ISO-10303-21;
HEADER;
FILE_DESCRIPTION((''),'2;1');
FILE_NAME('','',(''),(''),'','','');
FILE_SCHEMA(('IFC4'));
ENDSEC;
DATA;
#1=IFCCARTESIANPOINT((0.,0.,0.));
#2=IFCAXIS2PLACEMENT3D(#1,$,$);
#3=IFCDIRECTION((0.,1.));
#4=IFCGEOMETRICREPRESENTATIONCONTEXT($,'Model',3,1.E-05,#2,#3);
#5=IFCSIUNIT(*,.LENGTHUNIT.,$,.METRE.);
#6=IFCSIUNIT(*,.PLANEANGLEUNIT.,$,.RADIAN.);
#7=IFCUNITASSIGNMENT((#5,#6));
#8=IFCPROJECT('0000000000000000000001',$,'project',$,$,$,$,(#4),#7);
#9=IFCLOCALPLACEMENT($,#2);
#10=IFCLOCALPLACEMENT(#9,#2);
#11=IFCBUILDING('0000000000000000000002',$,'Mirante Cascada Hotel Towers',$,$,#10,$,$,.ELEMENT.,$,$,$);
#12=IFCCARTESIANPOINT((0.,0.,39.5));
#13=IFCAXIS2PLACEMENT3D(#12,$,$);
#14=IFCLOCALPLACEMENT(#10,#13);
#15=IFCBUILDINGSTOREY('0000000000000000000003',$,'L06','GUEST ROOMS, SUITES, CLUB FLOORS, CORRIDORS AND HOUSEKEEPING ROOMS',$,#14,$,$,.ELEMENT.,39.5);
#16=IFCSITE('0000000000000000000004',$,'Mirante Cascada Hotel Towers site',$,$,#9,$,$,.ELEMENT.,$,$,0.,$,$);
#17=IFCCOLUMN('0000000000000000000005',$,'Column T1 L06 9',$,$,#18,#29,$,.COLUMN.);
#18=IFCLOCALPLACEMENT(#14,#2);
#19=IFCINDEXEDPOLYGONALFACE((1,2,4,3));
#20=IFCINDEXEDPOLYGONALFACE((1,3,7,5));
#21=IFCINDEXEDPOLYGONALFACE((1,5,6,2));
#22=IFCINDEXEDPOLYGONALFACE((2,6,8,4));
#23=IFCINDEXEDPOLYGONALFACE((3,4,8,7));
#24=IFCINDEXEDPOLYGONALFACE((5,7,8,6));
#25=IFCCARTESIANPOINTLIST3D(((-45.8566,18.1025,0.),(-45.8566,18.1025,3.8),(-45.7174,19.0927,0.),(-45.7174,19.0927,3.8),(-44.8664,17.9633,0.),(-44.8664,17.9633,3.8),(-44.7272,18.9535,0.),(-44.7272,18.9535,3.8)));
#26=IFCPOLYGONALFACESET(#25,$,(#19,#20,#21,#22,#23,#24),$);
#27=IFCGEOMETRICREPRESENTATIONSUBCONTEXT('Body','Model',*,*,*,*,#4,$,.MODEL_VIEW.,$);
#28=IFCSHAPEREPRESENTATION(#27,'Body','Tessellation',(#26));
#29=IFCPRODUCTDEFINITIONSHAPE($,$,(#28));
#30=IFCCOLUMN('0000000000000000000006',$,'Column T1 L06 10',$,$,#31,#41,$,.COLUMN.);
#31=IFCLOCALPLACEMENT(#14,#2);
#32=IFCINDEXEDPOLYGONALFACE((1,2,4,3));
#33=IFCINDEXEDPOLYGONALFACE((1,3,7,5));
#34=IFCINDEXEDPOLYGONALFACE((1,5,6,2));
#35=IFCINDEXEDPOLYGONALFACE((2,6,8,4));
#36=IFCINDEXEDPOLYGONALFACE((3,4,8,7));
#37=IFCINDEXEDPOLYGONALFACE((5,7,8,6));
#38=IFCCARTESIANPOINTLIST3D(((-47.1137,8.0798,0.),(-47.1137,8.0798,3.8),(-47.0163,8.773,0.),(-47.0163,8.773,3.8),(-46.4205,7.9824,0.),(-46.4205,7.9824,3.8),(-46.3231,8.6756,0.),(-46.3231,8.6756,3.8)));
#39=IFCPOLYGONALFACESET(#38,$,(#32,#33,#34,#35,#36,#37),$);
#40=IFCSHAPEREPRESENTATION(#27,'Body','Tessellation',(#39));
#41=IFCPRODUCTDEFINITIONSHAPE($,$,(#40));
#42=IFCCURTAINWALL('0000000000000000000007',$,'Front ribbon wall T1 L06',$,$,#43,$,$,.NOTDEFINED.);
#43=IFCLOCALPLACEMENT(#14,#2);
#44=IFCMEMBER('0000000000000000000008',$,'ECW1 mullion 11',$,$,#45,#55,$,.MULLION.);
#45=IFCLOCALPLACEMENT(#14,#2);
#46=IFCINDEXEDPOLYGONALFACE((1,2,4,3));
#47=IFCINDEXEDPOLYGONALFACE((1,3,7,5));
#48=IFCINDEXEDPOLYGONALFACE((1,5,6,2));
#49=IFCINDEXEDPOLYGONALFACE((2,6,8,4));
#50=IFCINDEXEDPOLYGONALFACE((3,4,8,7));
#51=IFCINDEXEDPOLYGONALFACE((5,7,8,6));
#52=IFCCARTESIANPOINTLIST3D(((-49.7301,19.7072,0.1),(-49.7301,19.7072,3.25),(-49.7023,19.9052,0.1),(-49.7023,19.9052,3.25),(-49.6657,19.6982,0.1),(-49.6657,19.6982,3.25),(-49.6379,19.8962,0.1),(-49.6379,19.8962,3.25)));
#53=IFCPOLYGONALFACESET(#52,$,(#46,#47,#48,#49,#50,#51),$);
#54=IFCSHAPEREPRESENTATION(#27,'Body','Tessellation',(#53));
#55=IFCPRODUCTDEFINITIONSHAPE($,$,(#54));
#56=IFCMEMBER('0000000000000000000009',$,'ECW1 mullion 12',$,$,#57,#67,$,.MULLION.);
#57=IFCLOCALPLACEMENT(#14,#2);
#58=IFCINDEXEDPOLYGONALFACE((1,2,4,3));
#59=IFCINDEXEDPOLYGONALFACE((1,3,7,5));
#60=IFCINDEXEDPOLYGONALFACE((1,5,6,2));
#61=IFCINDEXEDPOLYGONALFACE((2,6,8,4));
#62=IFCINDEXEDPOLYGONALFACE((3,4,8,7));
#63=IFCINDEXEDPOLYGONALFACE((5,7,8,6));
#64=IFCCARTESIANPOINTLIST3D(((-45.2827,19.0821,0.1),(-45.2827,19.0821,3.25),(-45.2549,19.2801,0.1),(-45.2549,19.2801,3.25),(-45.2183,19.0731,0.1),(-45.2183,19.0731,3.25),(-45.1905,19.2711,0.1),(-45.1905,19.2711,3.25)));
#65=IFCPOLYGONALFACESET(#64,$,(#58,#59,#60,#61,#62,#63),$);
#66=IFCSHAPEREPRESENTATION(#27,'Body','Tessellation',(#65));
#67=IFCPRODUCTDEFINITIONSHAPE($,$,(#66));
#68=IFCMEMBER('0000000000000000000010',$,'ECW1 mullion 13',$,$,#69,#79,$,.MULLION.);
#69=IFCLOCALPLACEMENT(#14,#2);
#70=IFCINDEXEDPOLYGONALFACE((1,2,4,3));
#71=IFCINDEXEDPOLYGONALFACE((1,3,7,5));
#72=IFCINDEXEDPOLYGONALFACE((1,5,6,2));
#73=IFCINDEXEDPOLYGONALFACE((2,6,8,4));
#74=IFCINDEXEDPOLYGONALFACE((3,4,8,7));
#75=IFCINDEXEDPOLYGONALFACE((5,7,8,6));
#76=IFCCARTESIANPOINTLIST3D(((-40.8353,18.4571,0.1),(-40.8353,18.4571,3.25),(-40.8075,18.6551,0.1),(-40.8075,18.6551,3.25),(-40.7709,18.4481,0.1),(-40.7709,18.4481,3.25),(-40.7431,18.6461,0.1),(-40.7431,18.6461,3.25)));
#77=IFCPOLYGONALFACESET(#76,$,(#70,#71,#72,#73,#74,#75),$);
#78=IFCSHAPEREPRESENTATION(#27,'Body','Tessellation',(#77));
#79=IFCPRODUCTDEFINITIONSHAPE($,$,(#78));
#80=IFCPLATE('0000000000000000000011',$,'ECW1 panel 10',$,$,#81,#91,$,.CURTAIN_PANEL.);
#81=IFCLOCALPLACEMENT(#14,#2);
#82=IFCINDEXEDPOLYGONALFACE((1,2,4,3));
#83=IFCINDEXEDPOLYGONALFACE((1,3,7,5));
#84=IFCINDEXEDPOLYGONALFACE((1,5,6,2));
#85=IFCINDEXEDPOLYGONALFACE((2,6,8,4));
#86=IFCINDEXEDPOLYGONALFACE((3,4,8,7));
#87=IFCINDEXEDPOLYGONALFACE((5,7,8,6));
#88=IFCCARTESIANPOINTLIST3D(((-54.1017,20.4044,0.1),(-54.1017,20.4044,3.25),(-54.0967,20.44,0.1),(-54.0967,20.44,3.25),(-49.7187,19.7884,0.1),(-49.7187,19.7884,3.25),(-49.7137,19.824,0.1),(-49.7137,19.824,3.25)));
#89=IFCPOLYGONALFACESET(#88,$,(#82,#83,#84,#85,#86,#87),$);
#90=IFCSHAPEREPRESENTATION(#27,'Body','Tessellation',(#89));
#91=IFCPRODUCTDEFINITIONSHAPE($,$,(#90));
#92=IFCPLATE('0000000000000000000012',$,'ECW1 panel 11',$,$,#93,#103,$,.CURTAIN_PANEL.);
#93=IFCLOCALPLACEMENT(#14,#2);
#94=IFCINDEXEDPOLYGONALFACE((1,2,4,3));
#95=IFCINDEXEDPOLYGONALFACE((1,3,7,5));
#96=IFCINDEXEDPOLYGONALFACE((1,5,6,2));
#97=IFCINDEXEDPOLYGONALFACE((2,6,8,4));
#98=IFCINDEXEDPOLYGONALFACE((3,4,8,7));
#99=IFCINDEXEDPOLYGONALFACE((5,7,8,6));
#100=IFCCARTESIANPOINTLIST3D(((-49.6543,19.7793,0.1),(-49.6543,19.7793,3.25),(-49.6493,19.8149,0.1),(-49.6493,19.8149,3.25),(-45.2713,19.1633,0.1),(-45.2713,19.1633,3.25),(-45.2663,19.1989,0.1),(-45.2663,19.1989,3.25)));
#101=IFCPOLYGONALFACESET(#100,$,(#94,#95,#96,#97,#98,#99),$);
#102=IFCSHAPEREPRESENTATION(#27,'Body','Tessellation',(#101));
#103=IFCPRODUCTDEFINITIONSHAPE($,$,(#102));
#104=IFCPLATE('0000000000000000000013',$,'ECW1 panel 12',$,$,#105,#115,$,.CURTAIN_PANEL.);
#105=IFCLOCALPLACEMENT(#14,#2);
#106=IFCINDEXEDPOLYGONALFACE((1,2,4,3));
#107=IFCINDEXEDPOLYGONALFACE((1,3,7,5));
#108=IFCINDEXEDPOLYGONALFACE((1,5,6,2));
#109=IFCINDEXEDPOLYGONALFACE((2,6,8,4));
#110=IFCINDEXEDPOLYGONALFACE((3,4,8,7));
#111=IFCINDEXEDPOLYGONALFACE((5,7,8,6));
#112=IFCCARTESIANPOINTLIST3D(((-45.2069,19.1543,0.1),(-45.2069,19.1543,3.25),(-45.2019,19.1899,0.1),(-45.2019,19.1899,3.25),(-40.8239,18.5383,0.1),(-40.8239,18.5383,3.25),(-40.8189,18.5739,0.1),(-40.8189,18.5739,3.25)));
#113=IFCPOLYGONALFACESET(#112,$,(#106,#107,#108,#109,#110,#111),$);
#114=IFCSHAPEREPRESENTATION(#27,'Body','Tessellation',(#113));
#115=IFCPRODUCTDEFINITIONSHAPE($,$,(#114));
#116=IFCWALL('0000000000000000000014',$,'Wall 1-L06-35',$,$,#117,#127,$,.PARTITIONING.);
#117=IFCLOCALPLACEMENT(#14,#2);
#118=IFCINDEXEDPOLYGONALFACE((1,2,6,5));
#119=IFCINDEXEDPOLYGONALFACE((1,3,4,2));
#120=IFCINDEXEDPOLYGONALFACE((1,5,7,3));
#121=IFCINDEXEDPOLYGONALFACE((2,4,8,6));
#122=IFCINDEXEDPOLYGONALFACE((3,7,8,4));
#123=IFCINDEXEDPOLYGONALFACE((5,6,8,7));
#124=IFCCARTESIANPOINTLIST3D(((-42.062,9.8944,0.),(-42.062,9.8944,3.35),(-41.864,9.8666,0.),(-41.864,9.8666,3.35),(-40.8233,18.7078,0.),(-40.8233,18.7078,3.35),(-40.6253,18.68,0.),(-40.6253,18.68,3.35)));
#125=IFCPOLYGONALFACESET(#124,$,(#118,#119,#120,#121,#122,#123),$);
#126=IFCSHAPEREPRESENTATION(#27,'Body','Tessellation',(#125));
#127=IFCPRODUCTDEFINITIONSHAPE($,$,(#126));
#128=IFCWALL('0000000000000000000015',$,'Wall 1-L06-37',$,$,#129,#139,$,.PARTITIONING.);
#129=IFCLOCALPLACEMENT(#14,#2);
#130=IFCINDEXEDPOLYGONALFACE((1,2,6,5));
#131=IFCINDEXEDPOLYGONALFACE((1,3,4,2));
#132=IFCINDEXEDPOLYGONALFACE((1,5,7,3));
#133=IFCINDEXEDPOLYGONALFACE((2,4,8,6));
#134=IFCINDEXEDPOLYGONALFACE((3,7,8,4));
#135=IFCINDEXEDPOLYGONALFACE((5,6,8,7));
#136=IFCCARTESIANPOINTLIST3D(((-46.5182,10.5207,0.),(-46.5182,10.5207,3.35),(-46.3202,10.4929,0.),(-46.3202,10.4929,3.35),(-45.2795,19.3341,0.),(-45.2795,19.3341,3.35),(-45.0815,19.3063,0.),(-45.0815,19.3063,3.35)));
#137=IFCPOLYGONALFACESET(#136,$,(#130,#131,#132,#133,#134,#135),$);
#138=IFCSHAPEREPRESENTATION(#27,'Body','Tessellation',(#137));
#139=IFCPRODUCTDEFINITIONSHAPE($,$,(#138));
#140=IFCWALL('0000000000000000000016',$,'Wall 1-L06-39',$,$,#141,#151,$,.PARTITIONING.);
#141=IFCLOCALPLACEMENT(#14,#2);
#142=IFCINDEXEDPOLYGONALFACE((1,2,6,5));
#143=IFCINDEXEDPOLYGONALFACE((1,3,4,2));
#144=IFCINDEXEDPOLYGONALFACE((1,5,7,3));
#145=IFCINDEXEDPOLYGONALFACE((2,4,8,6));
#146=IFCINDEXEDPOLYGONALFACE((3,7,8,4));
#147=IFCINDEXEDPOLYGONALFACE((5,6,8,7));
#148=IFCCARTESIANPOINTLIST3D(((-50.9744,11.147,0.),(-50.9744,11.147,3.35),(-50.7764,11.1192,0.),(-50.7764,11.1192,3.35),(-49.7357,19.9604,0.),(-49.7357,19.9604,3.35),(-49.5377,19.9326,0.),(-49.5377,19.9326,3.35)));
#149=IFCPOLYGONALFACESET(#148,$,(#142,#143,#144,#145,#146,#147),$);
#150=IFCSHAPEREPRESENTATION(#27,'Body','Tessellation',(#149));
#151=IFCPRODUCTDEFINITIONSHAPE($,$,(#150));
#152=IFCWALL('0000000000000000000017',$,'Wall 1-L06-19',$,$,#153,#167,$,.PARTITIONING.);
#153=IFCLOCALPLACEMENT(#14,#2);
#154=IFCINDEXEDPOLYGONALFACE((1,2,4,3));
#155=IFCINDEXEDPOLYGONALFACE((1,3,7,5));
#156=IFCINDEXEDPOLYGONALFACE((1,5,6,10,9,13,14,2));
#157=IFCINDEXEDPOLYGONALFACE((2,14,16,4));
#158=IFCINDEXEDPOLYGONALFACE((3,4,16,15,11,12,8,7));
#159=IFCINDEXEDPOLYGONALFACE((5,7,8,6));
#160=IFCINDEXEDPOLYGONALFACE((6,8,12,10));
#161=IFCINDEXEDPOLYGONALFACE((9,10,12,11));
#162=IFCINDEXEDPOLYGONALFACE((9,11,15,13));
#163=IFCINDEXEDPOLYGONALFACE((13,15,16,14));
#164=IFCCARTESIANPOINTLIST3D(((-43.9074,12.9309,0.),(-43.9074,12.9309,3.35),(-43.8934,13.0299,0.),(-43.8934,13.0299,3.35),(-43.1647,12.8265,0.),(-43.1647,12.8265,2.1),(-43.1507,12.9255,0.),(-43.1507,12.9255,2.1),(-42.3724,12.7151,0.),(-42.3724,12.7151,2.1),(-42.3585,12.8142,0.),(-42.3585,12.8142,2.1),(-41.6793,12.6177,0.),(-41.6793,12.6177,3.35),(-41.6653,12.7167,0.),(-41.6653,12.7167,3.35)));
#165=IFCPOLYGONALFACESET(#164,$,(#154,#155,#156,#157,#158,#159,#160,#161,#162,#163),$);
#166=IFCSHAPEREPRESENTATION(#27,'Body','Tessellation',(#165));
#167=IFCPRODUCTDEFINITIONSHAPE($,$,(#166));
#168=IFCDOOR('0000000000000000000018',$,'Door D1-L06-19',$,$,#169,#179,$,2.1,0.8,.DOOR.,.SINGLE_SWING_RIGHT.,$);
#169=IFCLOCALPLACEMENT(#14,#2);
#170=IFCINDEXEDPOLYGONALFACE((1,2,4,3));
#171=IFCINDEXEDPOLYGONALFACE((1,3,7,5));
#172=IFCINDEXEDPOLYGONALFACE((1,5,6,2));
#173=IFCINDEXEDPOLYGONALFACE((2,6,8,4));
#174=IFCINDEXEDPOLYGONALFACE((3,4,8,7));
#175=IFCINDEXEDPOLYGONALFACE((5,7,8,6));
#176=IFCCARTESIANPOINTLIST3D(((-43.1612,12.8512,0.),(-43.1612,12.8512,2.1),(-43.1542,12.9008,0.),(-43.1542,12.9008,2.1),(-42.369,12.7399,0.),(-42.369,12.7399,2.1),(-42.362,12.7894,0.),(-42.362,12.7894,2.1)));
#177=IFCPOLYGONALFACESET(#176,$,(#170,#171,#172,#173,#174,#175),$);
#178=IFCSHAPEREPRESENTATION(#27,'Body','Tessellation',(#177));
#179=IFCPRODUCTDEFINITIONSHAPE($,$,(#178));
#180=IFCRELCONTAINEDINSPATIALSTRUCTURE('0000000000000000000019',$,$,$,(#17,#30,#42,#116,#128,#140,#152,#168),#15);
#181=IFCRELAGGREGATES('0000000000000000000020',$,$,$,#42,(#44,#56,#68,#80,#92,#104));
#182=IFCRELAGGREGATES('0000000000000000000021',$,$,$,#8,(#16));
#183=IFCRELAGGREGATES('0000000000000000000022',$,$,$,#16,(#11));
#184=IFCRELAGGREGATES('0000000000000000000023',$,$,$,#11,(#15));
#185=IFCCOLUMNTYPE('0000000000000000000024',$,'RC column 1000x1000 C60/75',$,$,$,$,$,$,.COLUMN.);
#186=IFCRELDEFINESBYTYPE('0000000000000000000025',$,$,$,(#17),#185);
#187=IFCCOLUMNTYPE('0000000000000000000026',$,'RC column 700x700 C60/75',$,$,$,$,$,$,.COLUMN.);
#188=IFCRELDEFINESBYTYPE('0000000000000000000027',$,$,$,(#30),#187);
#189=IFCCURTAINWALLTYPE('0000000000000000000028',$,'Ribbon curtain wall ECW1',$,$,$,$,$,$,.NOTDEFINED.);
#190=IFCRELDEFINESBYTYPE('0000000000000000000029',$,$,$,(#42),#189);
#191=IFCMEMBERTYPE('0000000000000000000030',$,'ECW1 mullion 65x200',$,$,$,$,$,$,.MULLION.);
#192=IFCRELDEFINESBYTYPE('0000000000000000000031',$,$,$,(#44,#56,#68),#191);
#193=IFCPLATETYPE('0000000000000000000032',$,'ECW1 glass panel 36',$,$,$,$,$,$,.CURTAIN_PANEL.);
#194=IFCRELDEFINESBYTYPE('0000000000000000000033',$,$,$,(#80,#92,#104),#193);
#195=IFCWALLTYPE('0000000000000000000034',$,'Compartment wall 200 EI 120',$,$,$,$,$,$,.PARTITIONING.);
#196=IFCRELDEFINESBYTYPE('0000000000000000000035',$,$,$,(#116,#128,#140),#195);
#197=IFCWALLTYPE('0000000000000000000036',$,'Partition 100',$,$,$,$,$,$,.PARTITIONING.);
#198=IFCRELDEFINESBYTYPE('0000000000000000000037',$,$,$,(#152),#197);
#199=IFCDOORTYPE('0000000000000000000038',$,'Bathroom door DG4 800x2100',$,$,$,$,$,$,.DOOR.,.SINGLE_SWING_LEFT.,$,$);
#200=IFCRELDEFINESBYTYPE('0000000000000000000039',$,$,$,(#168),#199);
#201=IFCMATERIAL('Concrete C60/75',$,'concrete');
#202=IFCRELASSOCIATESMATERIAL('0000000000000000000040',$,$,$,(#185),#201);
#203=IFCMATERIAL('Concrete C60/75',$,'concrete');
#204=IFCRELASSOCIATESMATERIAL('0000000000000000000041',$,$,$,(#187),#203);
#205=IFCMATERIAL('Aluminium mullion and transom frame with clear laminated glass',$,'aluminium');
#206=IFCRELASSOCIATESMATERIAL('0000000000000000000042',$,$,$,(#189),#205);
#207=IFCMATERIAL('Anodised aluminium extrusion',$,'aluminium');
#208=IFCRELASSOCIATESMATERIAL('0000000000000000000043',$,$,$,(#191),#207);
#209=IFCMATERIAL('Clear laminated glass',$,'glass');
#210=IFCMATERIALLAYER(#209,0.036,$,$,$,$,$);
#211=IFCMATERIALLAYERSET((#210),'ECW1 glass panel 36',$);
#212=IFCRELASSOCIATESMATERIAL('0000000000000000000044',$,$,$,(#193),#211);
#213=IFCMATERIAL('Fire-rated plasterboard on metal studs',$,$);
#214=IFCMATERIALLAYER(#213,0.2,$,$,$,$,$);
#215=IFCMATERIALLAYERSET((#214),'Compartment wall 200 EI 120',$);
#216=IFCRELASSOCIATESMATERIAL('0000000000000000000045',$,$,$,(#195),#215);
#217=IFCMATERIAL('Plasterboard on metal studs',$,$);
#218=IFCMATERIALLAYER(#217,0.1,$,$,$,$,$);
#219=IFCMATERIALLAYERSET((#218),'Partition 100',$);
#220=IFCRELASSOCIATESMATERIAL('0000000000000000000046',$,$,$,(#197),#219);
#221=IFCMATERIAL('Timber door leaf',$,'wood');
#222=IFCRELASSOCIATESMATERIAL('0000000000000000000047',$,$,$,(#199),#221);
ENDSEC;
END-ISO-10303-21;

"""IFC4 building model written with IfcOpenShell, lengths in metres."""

from ifc_helpers import new_model, si_unit, direction, frame, frame_2d, origin, origin_2d, place, context, subcontext, project, spatial, rectangle, extrude, material, layer, layer_set, material_profile, profile_set, type_object, element, fill, aggregate, save


model = new_model("IFC4")

# Units and contexts
model_context = context("Model", 3, precision=1e-05, world=origin(), true_north=direction((0.0, 1.0)))
body_context = subcontext(model_context, "Body", "Model", "MODEL_VIEW")
ifc_project = project(units=[si_unit("LENGTHUNIT", "METRE"), si_unit("PLANEANGLEUNIT", "RADIAN")], contexts=[model_context])

# Site, building, storey
site_placement = place(None, origin())
site = spatial("IfcSite", under=ifc_project, at=site_placement, Name="Mirante Cascada Hotel Towers site", CompositionType="ELEMENT", RefElevation=0.0)
building_placement = place(site_placement, origin())
building = spatial("IfcBuilding", under=site, at=building_placement, Name="Mirante Cascada Hotel Towers", CompositionType="ELEMENT")
storey_placement = place(building_placement, frame((0.0, 0.0, 39.5)))
storey = spatial("IfcBuildingStorey", under=building, at=storey_placement, Name="L06", Description="GUEST ROOMS, SUITES, CLUB FLOORS, CORRIDORS AND HOUSEKEEPING ROOMS", CompositionType="ELEMENT", Elevation=39.5)

# Columns
ifc_material_1 = material(Name="Concrete C60/75", Category="concrete")
ifc_material_profile_1 = material_profile(ifc_material_1, rectangle(XDim=1.0, YDim=1.0, at=origin_2d()), Name="RC column 1000x1000 C60/75")
ifc_profile_set_1 = profile_set([ifc_material_profile_1], Name="Concrete C60/75")
column_type_1 = type_object("IfcColumnType", Name="RC column 1000x1000 C60/75", PredefinedType="COLUMN", material=ifc_profile_set_1)
column_1_placement = place(storey_placement, frame((-45.2919, 18.528, 0.0), z_axis=(0.0, 0.0, 1.0), x_axis=(-0.990268, 0.139173, 0.0)))
element("IfcColumn", 1, at=column_1_placement, inside=storey, type_object=column_type_1, Name="Column T1 L06 9", PredefinedType="COLUMN", context=body_context, shape_type="SweptSolid", body=[
    extrude(rectangle(XDim=1.0, YDim=1.0, at=origin_2d()), origin(), (0.0, 0.0, 1.0), 3.8),
])
ifc_material_2 = material(Name="Concrete C60/75", Category="concrete")
ifc_material_profile_2 = material_profile(ifc_material_2, rectangle(XDim=0.7, YDim=0.7, at=origin_2d()), Name="RC column 700x700 C60/75")
ifc_profile_set_2 = profile_set([ifc_material_profile_2], Name="Concrete C60/75")
column_type_2 = type_object("IfcColumnType", Name="RC column 700x700 C60/75", PredefinedType="COLUMN", material=ifc_profile_set_2)
column_2_placement = place(storey_placement, frame((-46.7184, 8.3777, 0.0), z_axis=(0.0, 0.0, 1.0), x_axis=(-0.990268, 0.139173, 0.0)))
element("IfcColumn", 2, at=column_2_placement, inside=storey, type_object=column_type_2, Name="Column T1 L06 10", PredefinedType="COLUMN", context=body_context, shape_type="SweptSolid", body=[
    extrude(rectangle(XDim=0.7, YDim=0.7, at=origin_2d()), origin(), (0.0, 0.0, 1.0), 3.8),
])

# Curtain wall, members, plates
ifc_material_3 = material(Name="Aluminium mullion and transom frame with clear laminated glass", Category="aluminium")
curtain_wall_type = type_object("IfcCurtainWallType", Name="Ribbon curtain wall ECW1", PredefinedType="NOTDEFINED", material=ifc_material_3)
curtain_wall_placement = place(storey_placement, origin())
curtain_wall = element("IfcCurtainWall", 3, at=curtain_wall_placement, inside=storey, type_object=curtain_wall_type, Name="Front ribbon wall T1 L06", PredefinedType="NOTDEFINED")
ifc_material_4 = material(Name="Anodised aluminium extrusion", Category="aluminium")
ifc_material_profile_3 = material_profile(ifc_material_4, rectangle(XDim=0.2, YDim=0.065, at=origin_2d()), Name="ECW1 MULLION 65x200")
ifc_profile_set_3 = profile_set([ifc_material_profile_3], Name="Anodised aluminium extrusion")
member_type = type_object("IfcMemberType", Name="ECW1 mullion 65x200", PredefinedType="MULLION", material=ifc_profile_set_3)
member_1_placement = place(storey_placement, frame((-49.684, 19.8017, 0.1), z_axis=(0.0, 0.0, 1.0), x_axis=(0.139173, 0.990268, 0.0)))
member_1 = element("IfcMember", 4, at=member_1_placement, type_object=member_type, Name="ECW1 mullion 11", PredefinedType="MULLION", context=body_context, shape_type="SweptSolid", body=[
    extrude(rectangle(XDim=0.2, YDim=0.065, at=origin_2d()), origin(), (0.0, 0.0, 1.0), 3.15),
])
member_2_placement = place(storey_placement, frame((-45.2366, 19.1766, 0.1), z_axis=(0.0, 0.0, 1.0), x_axis=(0.139173, 0.990268, 0.0)))
member_2 = element("IfcMember", 5, at=member_2_placement, type_object=member_type, Name="ECW1 mullion 12", PredefinedType="MULLION", context=body_context, shape_type="SweptSolid", body=[
    extrude(rectangle(XDim=0.2, YDim=0.065, at=origin_2d()), origin(), (0.0, 0.0, 1.0), 3.15),
])
member_3_placement = place(storey_placement, frame((-40.7892, 18.5516, 0.1), z_axis=(0.0, 0.0, 1.0), x_axis=(0.139173, 0.990268, 0.0)))
member_3 = element("IfcMember", 6, at=member_3_placement, type_object=member_type, Name="ECW1 mullion 13", PredefinedType="MULLION", context=body_context, shape_type="SweptSolid", body=[
    extrude(rectangle(XDim=0.2, YDim=0.065, at=origin_2d()), origin(), (0.0, 0.0, 1.0), 3.15),
])
ifc_material_5 = material(Name="Clear laminated glass", Category="glass")
ifc_layer_1 = layer(ifc_material_5, 0.036)
ifc_layer_set_1 = layer_set([ifc_layer_1], Name="ECW1 glass panel 36")
plate_type = type_object("IfcPlateType", Name="ECW1 glass panel 36", PredefinedType="CURTAIN_PANEL", material=ifc_layer_set_1)
plate_1_placement = place(storey_placement, frame((-51.9077, 20.1142, 0.1), z_axis=(0.0, 0.0, 1.0), x_axis=(0.990268, -0.139173, 0.0)))
plate_1 = element("IfcPlate", 7, at=plate_1_placement, type_object=plate_type, Name="ECW1 panel 10", PredefinedType="CURTAIN_PANEL", context=body_context, shape_type="SweptSolid", body=[
    extrude(rectangle(XDim=4.4261, YDim=0.036, at=origin_2d()), origin(), (0.0, 0.0, 1.0), 3.15),
])
plate_2_placement = place(storey_placement, frame((-47.4603, 19.4891, 0.1), z_axis=(0.0, 0.0, 1.0), x_axis=(0.990268, -0.139173, 0.0)))
plate_2 = element("IfcPlate", 8, at=plate_2_placement, type_object=plate_type, Name="ECW1 panel 11", PredefinedType="CURTAIN_PANEL", context=body_context, shape_type="SweptSolid", body=[
    extrude(rectangle(XDim=4.4261, YDim=0.036, at=origin_2d()), origin(), (0.0, 0.0, 1.0), 3.15),
])
plate_3_placement = place(storey_placement, frame((-43.0129, 18.8641, 0.1), z_axis=(0.0, 0.0, 1.0), x_axis=(0.990268, -0.139173, 0.0)))
plate_3 = element("IfcPlate", 9, at=plate_3_placement, type_object=plate_type, Name="ECW1 panel 12", PredefinedType="CURTAIN_PANEL", context=body_context, shape_type="SweptSolid", body=[
    extrude(rectangle(XDim=4.4261, YDim=0.036, at=origin_2d()), origin(), (0.0, 0.0, 1.0), 3.15),
])
aggregate(curtain_wall, [member_1, member_2, member_3, plate_1, plate_2, plate_3])

# Walls
ifc_material_6 = material(Name="Fire-rated plasterboard on metal studs")
ifc_layer_2 = layer(ifc_material_6, 0.2)
ifc_layer_set_2 = layer_set([ifc_layer_2], Name="Compartment wall 200 EI 120")
wall_type_1 = type_object("IfcWallType", Name="Compartment wall 200 EI 120", PredefinedType="PARTITIONING", material=ifc_layer_set_2)
for number, where, z_axis, x_axis, name in (
    (10, (-41.963, 9.8805, 0.0), (0.0, 0.0, 1.0), (0.139179, 0.990267, 0.0), "Wall 1-L06-35"),
    (11, (-46.4192, 10.5068, 0.0), (0.0, 0.0, 1.0), (0.139179, 0.990267, 0.0), "Wall 1-L06-37"),
    (12, (-50.8754, 11.1331, 0.0), (0.0, 0.0, 1.0), (0.139179, 0.990267, 0.0), "Wall 1-L06-39"),
):
    element("IfcWall", number, at=place(storey_placement, frame(where, z_axis=z_axis, x_axis=x_axis)), inside=storey, type_object=wall_type_1, Name=name, PredefinedType="PARTITIONING", context=body_context, shape_type="SweptSolid", body=[
        extrude(rectangle(XDim=8.9, YDim=0.2, at=frame_2d((4.45, 0.0))), origin(), (0.0, 0.0, 1.0), 3.35),
    ])

# Wall, opening, door
ifc_material_7 = material(Name="Plasterboard on metal studs")
ifc_layer_3 = layer(ifc_material_7, 0.1)
ifc_layer_set_3 = layer_set([ifc_layer_3], Name="Partition 100")
wall_type_2 = type_object("IfcWallType", Name="Partition 100", PredefinedType="PARTITIONING", material=ifc_layer_set_3)
wall_1_placement = place(storey_placement, frame((-41.6723, 12.6672, 0.0), z_axis=(0.0, 0.0, 1.0), x_axis=(-0.990264, 0.1392, 0.0)))
wall_1 = element("IfcWall", 13, at=wall_1_placement, inside=storey, type_object=wall_type_2, Name="Wall 1-L06-19", PredefinedType="PARTITIONING", context=body_context, shape_type="SweptSolid", body=[
    extrude(rectangle(XDim=2.25, YDim=0.1, at=frame_2d((1.125, 0.0))), origin(), (0.0, 0.0, 1.0), 3.35),
])
opening_1_placement = place(wall_1_placement, frame((0.7, 0.0, 0.0)))
opening_1 = element("IfcOpeningElement", 14, at=opening_1_placement, cuts=wall_1, PredefinedType="OPENING", context=body_context, shape_type="SweptSolid", body=[
    extrude(rectangle(XDim=0.8, YDim=2.1, at=frame_2d((0.4, 1.05))), frame((0.0, 0.05, 0.0), z_axis=(0.0, -1.0, 0.0), x_axis=(1.0, 0.0, 0.0)), (0.0, 0.0, 1.0), 0.1),
])
ifc_material_8 = material(Name="Timber door leaf", Category="wood")
door_type = type_object("IfcDoorType", Name="Bathroom door DG4 800x2100", OperationType="SINGLE_SWING_LEFT", PredefinedType="DOOR", material=ifc_material_8)
door_1_placement = place(opening_1_placement, frame((0.8, 0.0, 0.0), z_axis=(0.0, 0.0, 1.0), x_axis=(-1.0, 0.0, 0.0)))
door_1 = element("IfcDoor", 15, at=door_1_placement, inside=storey, type_object=door_type, Name="Door D1-L06-19", OperationType="SINGLE_SWING_RIGHT", OverallHeight=2.1, OverallWidth=0.8, PredefinedType="DOOR", context=body_context, shape_type="SweptSolid", body=[
    extrude(rectangle(XDim=0.8, YDim=2.1, at=frame_2d((0.4, 1.05))), frame((0.0, 0.025, 0.0), z_axis=(0.0, -1.0, 0.0), x_axis=(1.0, 0.0, 0.0)), (0.0, 0.0, 1.0), 0.05),
])
fill(opening_1, door_1)

save(model, "model.ifc")
